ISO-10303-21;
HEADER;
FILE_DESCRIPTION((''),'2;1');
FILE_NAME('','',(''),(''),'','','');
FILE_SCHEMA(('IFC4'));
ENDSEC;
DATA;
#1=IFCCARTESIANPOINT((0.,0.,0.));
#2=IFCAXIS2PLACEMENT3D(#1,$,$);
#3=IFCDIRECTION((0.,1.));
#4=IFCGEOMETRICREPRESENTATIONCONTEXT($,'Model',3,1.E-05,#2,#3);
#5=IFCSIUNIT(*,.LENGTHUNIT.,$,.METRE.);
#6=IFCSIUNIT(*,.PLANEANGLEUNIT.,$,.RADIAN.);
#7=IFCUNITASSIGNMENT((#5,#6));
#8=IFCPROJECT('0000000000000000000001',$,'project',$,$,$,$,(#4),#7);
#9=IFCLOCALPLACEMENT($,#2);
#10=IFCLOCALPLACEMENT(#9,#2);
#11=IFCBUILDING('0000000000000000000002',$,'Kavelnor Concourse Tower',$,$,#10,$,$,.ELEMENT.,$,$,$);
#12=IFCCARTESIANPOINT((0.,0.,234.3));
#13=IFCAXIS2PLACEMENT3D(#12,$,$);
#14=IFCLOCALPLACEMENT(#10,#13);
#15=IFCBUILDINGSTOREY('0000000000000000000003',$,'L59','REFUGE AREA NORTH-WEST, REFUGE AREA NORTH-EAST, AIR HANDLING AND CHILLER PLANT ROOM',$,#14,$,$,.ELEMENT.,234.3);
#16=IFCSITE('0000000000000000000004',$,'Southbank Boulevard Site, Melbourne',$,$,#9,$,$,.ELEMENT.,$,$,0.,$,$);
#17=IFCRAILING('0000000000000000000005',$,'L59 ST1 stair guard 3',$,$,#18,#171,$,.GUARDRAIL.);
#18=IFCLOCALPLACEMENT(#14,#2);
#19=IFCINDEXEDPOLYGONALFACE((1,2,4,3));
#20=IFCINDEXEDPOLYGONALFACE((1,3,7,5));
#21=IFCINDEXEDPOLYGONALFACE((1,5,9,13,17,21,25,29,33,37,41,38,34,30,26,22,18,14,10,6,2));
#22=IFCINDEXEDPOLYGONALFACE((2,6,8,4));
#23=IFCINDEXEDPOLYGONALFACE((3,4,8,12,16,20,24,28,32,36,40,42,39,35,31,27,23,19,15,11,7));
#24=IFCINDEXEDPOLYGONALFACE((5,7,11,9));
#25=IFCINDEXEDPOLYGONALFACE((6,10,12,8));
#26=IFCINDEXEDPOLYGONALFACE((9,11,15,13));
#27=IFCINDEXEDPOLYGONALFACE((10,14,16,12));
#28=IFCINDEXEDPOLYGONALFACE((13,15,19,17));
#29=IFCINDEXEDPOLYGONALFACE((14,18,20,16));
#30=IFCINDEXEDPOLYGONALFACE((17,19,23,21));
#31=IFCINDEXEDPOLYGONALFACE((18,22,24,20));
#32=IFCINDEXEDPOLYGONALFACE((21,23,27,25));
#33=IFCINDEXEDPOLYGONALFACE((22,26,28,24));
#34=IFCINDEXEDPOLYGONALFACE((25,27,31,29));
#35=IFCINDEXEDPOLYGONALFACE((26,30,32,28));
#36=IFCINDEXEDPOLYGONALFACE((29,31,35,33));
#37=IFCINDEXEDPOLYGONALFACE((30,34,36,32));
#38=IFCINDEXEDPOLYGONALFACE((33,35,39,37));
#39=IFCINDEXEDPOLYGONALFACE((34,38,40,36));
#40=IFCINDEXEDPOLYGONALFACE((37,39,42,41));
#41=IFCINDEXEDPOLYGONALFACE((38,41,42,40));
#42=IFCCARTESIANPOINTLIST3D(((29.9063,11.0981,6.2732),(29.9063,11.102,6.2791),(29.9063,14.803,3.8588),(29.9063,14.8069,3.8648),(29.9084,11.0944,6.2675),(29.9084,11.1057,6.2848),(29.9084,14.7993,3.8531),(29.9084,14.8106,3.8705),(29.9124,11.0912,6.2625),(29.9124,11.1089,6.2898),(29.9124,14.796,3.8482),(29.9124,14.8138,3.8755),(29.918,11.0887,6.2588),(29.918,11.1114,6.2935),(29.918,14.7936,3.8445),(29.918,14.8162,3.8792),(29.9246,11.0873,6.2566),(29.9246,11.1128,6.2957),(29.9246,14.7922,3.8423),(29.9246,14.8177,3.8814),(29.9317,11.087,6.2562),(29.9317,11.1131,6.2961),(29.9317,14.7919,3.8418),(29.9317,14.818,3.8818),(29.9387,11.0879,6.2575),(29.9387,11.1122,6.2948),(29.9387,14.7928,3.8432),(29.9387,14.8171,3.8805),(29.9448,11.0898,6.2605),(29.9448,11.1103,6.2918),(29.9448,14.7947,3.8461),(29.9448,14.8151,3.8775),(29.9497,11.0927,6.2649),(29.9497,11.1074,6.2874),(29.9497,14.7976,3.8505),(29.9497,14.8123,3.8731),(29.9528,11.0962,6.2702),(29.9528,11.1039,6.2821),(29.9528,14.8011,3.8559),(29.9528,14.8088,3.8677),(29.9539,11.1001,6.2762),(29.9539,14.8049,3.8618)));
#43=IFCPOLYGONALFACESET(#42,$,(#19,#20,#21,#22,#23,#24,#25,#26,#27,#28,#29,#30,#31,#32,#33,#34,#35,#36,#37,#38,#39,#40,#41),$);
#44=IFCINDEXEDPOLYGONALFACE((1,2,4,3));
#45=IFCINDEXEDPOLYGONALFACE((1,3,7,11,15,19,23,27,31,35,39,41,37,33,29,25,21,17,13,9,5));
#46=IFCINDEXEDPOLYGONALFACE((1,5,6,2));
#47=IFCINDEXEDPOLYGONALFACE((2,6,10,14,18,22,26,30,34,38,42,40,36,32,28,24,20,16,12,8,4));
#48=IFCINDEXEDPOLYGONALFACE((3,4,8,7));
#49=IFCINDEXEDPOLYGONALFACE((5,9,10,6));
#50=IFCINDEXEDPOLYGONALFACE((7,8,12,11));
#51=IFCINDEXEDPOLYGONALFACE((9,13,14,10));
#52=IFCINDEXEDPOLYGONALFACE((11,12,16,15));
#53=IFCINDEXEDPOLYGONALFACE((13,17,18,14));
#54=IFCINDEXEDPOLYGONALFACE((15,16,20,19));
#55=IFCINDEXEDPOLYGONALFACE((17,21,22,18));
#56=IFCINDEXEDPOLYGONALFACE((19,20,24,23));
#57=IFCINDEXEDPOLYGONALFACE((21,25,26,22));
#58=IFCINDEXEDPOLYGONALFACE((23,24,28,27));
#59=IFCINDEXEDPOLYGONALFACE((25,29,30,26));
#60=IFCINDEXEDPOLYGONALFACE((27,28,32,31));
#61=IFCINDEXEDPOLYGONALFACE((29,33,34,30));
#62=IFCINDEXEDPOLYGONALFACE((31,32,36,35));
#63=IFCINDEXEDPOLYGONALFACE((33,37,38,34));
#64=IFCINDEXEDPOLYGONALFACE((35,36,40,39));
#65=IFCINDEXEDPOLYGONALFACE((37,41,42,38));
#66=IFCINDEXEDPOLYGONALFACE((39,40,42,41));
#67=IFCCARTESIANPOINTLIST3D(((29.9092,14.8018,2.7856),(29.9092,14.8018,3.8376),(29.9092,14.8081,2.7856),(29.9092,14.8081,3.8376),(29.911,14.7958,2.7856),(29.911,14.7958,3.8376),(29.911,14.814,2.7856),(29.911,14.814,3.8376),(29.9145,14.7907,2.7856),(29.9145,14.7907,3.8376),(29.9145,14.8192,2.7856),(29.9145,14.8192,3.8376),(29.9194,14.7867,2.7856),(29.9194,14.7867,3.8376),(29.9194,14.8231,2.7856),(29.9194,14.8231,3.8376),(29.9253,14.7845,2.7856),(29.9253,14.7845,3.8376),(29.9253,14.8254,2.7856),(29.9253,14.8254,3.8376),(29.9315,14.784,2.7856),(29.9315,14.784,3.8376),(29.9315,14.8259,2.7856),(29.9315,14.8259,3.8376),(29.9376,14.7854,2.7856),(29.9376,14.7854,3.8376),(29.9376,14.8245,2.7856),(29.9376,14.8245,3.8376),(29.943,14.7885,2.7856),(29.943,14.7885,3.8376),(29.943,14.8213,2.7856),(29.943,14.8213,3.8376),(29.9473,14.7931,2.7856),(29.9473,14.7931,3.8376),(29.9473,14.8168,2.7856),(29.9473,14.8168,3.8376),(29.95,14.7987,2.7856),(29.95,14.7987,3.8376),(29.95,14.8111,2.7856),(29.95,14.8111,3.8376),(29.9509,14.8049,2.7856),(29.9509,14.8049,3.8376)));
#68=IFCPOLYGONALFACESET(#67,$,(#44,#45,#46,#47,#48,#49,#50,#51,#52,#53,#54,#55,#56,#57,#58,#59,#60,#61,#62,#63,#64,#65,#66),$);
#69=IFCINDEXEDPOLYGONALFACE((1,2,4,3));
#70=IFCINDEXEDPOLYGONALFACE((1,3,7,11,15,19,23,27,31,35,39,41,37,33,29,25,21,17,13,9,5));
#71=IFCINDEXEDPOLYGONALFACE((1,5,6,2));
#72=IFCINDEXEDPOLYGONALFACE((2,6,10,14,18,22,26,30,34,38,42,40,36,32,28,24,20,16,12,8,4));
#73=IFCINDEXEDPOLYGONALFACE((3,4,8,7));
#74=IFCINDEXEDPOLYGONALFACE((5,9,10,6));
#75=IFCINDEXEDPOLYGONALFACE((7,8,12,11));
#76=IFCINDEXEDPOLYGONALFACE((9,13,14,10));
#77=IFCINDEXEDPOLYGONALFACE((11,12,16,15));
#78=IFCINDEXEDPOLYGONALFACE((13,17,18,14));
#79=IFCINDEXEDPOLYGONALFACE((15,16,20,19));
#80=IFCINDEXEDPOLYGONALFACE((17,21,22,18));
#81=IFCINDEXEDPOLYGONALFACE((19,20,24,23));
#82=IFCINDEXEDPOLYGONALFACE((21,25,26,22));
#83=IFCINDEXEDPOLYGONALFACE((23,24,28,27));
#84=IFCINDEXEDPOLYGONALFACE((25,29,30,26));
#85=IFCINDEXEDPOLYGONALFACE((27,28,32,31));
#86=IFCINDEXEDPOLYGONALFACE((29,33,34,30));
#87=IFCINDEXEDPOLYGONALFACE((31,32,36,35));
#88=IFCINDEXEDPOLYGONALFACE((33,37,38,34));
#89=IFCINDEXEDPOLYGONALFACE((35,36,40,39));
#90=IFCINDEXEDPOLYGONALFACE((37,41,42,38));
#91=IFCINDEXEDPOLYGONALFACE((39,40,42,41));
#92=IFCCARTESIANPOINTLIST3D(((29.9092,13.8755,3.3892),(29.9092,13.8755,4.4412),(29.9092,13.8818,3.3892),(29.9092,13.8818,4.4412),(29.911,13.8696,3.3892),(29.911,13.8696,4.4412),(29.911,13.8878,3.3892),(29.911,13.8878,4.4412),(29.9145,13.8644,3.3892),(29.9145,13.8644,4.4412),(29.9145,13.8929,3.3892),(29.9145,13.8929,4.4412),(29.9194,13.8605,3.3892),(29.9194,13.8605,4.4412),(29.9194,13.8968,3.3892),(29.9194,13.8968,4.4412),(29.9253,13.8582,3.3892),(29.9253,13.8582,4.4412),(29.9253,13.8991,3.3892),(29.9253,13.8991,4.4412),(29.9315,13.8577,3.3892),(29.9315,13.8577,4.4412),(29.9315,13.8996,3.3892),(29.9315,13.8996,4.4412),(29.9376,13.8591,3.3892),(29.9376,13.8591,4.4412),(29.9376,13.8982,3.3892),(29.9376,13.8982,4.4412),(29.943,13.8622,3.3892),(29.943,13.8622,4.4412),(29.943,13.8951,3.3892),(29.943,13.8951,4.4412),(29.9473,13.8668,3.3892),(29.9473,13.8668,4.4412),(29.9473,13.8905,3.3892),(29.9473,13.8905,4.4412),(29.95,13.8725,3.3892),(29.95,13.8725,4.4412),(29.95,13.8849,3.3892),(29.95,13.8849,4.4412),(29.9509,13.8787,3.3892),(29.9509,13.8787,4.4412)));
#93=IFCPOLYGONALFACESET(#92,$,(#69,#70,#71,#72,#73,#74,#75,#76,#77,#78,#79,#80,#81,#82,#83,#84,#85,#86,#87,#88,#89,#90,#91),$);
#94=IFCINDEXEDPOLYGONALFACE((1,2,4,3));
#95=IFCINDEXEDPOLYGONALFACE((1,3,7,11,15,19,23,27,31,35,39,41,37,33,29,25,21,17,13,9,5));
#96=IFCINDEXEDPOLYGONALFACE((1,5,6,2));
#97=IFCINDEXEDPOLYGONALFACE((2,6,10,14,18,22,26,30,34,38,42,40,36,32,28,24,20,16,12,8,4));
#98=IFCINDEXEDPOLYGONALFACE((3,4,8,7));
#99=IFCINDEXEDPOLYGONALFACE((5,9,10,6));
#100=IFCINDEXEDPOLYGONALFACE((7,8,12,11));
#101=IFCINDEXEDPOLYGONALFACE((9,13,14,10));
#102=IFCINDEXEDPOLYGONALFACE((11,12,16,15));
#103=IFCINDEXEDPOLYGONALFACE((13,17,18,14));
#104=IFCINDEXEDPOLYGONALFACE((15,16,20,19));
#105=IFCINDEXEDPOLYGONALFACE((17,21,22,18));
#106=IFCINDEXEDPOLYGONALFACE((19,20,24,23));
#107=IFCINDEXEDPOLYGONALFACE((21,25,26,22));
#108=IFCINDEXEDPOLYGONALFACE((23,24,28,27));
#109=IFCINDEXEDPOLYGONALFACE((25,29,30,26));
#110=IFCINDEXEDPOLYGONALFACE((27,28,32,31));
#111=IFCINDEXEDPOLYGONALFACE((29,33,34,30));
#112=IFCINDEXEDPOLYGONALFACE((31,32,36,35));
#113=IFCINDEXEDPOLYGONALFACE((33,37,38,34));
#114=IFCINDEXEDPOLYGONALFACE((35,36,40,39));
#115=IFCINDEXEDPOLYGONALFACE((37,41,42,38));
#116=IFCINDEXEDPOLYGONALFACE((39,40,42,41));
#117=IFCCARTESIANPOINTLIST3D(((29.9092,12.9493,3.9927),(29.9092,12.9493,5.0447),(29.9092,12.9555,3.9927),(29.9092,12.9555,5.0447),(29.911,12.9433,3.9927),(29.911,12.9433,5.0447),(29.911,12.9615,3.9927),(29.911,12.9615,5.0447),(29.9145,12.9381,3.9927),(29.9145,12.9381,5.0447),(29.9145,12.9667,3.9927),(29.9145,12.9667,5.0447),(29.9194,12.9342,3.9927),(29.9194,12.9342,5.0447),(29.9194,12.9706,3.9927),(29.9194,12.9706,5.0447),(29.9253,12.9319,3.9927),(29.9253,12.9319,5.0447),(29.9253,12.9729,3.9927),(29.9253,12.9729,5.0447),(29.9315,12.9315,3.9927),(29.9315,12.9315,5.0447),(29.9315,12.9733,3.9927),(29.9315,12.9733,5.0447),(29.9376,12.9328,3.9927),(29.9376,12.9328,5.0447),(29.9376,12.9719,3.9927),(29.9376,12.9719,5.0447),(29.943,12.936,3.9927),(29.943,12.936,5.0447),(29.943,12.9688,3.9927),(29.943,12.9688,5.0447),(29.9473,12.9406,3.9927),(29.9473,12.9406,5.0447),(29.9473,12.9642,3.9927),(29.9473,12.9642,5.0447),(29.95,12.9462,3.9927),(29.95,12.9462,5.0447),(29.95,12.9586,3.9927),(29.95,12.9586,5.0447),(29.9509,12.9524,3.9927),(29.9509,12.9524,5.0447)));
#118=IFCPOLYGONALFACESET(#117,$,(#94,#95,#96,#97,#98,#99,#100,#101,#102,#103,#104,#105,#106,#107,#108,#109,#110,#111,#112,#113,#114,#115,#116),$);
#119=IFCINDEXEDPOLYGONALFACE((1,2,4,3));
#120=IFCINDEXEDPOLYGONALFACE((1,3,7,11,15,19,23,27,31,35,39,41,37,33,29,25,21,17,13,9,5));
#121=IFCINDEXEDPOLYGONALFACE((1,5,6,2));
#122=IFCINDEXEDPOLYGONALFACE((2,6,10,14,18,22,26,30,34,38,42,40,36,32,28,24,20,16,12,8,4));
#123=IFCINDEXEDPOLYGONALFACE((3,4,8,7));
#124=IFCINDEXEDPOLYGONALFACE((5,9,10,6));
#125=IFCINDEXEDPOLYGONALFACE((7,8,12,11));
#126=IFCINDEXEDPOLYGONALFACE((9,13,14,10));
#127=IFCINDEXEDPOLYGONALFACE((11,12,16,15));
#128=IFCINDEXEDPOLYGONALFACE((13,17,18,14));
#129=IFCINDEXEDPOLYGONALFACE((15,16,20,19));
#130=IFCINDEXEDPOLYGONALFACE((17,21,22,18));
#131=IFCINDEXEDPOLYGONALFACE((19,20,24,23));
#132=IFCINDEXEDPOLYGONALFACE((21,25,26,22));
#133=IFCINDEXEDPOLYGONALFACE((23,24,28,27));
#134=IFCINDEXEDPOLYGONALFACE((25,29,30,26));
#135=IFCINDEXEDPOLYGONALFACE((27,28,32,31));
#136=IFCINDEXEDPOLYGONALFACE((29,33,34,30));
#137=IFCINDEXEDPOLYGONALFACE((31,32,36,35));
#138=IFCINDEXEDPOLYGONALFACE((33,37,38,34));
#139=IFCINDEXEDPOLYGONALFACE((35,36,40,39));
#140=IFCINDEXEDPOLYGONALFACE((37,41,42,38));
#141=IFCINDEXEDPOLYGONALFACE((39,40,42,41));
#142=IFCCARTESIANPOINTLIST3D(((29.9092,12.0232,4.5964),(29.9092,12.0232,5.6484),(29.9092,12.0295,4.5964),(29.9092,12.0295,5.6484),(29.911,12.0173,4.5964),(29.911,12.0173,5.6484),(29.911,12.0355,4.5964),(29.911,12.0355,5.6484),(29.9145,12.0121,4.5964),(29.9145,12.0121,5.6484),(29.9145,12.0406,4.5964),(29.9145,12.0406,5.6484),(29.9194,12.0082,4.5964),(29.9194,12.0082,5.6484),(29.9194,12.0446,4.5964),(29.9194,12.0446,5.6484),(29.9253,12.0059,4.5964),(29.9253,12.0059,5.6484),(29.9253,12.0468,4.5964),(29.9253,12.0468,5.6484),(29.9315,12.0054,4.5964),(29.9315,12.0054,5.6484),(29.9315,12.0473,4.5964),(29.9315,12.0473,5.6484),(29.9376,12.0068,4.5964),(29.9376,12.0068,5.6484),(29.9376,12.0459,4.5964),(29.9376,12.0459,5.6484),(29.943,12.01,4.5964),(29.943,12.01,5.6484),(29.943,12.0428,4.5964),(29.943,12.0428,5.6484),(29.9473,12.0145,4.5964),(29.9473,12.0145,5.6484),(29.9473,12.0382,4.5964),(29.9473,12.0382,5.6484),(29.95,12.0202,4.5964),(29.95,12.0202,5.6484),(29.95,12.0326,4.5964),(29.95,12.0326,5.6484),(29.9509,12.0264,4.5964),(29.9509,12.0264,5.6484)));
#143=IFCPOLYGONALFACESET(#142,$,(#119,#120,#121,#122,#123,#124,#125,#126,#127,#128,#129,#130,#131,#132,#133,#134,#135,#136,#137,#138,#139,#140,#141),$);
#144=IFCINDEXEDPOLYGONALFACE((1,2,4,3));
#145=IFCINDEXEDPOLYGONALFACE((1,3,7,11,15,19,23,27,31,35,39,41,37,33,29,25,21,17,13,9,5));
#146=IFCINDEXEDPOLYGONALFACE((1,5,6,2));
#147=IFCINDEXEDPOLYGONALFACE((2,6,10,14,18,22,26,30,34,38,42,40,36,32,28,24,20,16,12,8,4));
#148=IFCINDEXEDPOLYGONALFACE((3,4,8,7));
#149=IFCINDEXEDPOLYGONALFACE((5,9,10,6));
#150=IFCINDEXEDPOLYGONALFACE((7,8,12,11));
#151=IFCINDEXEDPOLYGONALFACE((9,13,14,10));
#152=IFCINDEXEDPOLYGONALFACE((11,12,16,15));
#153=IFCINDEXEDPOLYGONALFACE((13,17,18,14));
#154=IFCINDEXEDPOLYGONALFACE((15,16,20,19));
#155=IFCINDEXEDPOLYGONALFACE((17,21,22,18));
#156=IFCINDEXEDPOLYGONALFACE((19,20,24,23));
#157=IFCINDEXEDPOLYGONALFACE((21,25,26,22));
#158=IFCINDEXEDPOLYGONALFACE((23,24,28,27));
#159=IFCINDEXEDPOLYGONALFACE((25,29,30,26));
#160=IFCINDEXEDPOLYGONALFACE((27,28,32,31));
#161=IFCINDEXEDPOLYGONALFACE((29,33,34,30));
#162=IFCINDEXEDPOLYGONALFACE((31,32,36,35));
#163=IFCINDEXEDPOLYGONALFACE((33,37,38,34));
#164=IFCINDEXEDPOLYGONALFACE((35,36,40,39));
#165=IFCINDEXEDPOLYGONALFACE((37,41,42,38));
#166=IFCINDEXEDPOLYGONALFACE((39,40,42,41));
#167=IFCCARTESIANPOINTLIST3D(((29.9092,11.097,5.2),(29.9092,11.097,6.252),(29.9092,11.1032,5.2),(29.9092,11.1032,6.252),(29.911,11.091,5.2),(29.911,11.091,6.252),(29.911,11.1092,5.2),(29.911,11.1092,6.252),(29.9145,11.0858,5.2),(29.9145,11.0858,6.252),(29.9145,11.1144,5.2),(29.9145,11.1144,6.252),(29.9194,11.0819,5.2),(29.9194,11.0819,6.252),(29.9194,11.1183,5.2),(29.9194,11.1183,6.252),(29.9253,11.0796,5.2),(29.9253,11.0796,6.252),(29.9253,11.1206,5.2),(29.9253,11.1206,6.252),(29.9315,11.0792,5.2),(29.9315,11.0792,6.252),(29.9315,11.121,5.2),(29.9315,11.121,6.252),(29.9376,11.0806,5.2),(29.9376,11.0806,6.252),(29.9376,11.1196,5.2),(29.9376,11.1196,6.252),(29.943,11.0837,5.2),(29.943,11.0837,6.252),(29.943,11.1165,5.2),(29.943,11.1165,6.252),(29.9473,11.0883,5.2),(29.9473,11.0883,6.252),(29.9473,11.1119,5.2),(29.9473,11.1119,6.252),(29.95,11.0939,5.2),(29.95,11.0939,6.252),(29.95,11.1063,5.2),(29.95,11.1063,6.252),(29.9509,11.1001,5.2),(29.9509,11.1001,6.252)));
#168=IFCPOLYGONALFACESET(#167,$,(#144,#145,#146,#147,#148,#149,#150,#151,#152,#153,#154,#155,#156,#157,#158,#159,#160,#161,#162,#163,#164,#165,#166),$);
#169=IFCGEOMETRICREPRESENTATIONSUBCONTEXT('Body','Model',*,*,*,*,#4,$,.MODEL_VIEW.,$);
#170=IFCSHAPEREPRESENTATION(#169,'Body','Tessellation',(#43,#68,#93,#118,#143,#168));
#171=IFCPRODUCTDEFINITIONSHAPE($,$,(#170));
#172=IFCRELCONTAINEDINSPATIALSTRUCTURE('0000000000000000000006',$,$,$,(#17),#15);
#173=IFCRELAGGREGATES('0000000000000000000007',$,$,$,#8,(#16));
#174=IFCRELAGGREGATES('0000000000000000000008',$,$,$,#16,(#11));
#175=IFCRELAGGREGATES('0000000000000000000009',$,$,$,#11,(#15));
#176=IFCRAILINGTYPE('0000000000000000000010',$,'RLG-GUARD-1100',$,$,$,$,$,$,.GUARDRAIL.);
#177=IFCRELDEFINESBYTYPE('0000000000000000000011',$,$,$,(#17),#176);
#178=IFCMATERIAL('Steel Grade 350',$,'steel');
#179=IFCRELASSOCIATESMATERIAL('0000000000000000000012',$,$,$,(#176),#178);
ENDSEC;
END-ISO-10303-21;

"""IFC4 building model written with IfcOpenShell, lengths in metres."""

from ifc_helpers import new_model, si_unit, direction, frame, origin, origin_2d, place, context, subcontext, project, spatial, circle, extrude, material, type_object, element, save


model = new_model("IFC4")

# Units and contexts
model_context = context("Model", 3, precision=1e-05, world=origin(), true_north=direction((0.0, 1.0)))
body_context = subcontext(model_context, "Body", "Model", "MODEL_VIEW")
ifc_project = project(units=[si_unit("LENGTHUNIT", "METRE"), si_unit("PLANEANGLEUNIT", "RADIAN")], contexts=[model_context])

# Site, building, storey
site_placement = place(None, origin())
site = spatial("IfcSite", under=ifc_project, at=site_placement, Name="Southbank Boulevard Site, Melbourne", CompositionType="ELEMENT", RefElevation=0.0)
building_placement = place(site_placement, origin())
building = spatial("IfcBuilding", under=site, at=building_placement, Name="Kavelnor Concourse Tower", CompositionType="ELEMENT")
storey_placement = place(building_placement, frame((0.0, 0.0, 234.3)))
storey = spatial("IfcBuildingStorey", under=building, at=storey_placement, Name="L59", Description="REFUGE AREA NORTH-WEST, REFUGE AREA NORTH-EAST, AIR HANDLING AND CHILLER PLANT ROOM", CompositionType="ELEMENT", Elevation=234.3)

# Shared definitions
ifc_material_1 = material(Name="Steel Grade 350", Category="steel")

# Railing
railing_type_1 = type_object("IfcRailingType", Name="RLG-GUARD-1100", PredefinedType="GUARDRAIL", material=ifc_material_1)
railing_1_placement = place(storey_placement, frame((29.9299, 14.8049, 2.7856)))
element("IfcRailing", 1, at=railing_1_placement, inside=storey, type_object=railing_type_1, Name="L59 ST1 stair guard 3", PredefinedType="GUARDRAIL", context=body_context, shape_type="SweptSolid", body=[
    extrude(circle(Radius=0.0239, at=origin_2d()), frame((0.0, 0.0, 1.0762), z_axis=(0.0, -0.837806, 0.545968), x_axis=(1.0, 0.0, 0.0)), (0.0, 0.0, 1.0), 4.4221),
    extrude(circle(Radius=0.021, at=origin_2d()), origin(), (0.0, 0.0, 1.0), 1.052),
    extrude(circle(Radius=0.021, at=origin_2d()), frame((0.0, -0.9263, 0.6035)), (0.0, 0.0, 1.0), 1.052),
    extrude(circle(Radius=0.021, at=origin_2d()), frame((0.0, -1.8525, 1.207)), (0.0, 0.0, 1.0), 1.052),
    extrude(circle(Radius=0.021, at=origin_2d()), frame((0.0, -2.7786, 1.8108)), (0.0, 0.0, 1.0), 1.052),
    extrude(circle(Radius=0.021, at=origin_2d()), frame((0.0, -3.7048, 2.4143)), (0.0, 0.0, 1.0), 1.052),
])

save(model, "model.ifc")
